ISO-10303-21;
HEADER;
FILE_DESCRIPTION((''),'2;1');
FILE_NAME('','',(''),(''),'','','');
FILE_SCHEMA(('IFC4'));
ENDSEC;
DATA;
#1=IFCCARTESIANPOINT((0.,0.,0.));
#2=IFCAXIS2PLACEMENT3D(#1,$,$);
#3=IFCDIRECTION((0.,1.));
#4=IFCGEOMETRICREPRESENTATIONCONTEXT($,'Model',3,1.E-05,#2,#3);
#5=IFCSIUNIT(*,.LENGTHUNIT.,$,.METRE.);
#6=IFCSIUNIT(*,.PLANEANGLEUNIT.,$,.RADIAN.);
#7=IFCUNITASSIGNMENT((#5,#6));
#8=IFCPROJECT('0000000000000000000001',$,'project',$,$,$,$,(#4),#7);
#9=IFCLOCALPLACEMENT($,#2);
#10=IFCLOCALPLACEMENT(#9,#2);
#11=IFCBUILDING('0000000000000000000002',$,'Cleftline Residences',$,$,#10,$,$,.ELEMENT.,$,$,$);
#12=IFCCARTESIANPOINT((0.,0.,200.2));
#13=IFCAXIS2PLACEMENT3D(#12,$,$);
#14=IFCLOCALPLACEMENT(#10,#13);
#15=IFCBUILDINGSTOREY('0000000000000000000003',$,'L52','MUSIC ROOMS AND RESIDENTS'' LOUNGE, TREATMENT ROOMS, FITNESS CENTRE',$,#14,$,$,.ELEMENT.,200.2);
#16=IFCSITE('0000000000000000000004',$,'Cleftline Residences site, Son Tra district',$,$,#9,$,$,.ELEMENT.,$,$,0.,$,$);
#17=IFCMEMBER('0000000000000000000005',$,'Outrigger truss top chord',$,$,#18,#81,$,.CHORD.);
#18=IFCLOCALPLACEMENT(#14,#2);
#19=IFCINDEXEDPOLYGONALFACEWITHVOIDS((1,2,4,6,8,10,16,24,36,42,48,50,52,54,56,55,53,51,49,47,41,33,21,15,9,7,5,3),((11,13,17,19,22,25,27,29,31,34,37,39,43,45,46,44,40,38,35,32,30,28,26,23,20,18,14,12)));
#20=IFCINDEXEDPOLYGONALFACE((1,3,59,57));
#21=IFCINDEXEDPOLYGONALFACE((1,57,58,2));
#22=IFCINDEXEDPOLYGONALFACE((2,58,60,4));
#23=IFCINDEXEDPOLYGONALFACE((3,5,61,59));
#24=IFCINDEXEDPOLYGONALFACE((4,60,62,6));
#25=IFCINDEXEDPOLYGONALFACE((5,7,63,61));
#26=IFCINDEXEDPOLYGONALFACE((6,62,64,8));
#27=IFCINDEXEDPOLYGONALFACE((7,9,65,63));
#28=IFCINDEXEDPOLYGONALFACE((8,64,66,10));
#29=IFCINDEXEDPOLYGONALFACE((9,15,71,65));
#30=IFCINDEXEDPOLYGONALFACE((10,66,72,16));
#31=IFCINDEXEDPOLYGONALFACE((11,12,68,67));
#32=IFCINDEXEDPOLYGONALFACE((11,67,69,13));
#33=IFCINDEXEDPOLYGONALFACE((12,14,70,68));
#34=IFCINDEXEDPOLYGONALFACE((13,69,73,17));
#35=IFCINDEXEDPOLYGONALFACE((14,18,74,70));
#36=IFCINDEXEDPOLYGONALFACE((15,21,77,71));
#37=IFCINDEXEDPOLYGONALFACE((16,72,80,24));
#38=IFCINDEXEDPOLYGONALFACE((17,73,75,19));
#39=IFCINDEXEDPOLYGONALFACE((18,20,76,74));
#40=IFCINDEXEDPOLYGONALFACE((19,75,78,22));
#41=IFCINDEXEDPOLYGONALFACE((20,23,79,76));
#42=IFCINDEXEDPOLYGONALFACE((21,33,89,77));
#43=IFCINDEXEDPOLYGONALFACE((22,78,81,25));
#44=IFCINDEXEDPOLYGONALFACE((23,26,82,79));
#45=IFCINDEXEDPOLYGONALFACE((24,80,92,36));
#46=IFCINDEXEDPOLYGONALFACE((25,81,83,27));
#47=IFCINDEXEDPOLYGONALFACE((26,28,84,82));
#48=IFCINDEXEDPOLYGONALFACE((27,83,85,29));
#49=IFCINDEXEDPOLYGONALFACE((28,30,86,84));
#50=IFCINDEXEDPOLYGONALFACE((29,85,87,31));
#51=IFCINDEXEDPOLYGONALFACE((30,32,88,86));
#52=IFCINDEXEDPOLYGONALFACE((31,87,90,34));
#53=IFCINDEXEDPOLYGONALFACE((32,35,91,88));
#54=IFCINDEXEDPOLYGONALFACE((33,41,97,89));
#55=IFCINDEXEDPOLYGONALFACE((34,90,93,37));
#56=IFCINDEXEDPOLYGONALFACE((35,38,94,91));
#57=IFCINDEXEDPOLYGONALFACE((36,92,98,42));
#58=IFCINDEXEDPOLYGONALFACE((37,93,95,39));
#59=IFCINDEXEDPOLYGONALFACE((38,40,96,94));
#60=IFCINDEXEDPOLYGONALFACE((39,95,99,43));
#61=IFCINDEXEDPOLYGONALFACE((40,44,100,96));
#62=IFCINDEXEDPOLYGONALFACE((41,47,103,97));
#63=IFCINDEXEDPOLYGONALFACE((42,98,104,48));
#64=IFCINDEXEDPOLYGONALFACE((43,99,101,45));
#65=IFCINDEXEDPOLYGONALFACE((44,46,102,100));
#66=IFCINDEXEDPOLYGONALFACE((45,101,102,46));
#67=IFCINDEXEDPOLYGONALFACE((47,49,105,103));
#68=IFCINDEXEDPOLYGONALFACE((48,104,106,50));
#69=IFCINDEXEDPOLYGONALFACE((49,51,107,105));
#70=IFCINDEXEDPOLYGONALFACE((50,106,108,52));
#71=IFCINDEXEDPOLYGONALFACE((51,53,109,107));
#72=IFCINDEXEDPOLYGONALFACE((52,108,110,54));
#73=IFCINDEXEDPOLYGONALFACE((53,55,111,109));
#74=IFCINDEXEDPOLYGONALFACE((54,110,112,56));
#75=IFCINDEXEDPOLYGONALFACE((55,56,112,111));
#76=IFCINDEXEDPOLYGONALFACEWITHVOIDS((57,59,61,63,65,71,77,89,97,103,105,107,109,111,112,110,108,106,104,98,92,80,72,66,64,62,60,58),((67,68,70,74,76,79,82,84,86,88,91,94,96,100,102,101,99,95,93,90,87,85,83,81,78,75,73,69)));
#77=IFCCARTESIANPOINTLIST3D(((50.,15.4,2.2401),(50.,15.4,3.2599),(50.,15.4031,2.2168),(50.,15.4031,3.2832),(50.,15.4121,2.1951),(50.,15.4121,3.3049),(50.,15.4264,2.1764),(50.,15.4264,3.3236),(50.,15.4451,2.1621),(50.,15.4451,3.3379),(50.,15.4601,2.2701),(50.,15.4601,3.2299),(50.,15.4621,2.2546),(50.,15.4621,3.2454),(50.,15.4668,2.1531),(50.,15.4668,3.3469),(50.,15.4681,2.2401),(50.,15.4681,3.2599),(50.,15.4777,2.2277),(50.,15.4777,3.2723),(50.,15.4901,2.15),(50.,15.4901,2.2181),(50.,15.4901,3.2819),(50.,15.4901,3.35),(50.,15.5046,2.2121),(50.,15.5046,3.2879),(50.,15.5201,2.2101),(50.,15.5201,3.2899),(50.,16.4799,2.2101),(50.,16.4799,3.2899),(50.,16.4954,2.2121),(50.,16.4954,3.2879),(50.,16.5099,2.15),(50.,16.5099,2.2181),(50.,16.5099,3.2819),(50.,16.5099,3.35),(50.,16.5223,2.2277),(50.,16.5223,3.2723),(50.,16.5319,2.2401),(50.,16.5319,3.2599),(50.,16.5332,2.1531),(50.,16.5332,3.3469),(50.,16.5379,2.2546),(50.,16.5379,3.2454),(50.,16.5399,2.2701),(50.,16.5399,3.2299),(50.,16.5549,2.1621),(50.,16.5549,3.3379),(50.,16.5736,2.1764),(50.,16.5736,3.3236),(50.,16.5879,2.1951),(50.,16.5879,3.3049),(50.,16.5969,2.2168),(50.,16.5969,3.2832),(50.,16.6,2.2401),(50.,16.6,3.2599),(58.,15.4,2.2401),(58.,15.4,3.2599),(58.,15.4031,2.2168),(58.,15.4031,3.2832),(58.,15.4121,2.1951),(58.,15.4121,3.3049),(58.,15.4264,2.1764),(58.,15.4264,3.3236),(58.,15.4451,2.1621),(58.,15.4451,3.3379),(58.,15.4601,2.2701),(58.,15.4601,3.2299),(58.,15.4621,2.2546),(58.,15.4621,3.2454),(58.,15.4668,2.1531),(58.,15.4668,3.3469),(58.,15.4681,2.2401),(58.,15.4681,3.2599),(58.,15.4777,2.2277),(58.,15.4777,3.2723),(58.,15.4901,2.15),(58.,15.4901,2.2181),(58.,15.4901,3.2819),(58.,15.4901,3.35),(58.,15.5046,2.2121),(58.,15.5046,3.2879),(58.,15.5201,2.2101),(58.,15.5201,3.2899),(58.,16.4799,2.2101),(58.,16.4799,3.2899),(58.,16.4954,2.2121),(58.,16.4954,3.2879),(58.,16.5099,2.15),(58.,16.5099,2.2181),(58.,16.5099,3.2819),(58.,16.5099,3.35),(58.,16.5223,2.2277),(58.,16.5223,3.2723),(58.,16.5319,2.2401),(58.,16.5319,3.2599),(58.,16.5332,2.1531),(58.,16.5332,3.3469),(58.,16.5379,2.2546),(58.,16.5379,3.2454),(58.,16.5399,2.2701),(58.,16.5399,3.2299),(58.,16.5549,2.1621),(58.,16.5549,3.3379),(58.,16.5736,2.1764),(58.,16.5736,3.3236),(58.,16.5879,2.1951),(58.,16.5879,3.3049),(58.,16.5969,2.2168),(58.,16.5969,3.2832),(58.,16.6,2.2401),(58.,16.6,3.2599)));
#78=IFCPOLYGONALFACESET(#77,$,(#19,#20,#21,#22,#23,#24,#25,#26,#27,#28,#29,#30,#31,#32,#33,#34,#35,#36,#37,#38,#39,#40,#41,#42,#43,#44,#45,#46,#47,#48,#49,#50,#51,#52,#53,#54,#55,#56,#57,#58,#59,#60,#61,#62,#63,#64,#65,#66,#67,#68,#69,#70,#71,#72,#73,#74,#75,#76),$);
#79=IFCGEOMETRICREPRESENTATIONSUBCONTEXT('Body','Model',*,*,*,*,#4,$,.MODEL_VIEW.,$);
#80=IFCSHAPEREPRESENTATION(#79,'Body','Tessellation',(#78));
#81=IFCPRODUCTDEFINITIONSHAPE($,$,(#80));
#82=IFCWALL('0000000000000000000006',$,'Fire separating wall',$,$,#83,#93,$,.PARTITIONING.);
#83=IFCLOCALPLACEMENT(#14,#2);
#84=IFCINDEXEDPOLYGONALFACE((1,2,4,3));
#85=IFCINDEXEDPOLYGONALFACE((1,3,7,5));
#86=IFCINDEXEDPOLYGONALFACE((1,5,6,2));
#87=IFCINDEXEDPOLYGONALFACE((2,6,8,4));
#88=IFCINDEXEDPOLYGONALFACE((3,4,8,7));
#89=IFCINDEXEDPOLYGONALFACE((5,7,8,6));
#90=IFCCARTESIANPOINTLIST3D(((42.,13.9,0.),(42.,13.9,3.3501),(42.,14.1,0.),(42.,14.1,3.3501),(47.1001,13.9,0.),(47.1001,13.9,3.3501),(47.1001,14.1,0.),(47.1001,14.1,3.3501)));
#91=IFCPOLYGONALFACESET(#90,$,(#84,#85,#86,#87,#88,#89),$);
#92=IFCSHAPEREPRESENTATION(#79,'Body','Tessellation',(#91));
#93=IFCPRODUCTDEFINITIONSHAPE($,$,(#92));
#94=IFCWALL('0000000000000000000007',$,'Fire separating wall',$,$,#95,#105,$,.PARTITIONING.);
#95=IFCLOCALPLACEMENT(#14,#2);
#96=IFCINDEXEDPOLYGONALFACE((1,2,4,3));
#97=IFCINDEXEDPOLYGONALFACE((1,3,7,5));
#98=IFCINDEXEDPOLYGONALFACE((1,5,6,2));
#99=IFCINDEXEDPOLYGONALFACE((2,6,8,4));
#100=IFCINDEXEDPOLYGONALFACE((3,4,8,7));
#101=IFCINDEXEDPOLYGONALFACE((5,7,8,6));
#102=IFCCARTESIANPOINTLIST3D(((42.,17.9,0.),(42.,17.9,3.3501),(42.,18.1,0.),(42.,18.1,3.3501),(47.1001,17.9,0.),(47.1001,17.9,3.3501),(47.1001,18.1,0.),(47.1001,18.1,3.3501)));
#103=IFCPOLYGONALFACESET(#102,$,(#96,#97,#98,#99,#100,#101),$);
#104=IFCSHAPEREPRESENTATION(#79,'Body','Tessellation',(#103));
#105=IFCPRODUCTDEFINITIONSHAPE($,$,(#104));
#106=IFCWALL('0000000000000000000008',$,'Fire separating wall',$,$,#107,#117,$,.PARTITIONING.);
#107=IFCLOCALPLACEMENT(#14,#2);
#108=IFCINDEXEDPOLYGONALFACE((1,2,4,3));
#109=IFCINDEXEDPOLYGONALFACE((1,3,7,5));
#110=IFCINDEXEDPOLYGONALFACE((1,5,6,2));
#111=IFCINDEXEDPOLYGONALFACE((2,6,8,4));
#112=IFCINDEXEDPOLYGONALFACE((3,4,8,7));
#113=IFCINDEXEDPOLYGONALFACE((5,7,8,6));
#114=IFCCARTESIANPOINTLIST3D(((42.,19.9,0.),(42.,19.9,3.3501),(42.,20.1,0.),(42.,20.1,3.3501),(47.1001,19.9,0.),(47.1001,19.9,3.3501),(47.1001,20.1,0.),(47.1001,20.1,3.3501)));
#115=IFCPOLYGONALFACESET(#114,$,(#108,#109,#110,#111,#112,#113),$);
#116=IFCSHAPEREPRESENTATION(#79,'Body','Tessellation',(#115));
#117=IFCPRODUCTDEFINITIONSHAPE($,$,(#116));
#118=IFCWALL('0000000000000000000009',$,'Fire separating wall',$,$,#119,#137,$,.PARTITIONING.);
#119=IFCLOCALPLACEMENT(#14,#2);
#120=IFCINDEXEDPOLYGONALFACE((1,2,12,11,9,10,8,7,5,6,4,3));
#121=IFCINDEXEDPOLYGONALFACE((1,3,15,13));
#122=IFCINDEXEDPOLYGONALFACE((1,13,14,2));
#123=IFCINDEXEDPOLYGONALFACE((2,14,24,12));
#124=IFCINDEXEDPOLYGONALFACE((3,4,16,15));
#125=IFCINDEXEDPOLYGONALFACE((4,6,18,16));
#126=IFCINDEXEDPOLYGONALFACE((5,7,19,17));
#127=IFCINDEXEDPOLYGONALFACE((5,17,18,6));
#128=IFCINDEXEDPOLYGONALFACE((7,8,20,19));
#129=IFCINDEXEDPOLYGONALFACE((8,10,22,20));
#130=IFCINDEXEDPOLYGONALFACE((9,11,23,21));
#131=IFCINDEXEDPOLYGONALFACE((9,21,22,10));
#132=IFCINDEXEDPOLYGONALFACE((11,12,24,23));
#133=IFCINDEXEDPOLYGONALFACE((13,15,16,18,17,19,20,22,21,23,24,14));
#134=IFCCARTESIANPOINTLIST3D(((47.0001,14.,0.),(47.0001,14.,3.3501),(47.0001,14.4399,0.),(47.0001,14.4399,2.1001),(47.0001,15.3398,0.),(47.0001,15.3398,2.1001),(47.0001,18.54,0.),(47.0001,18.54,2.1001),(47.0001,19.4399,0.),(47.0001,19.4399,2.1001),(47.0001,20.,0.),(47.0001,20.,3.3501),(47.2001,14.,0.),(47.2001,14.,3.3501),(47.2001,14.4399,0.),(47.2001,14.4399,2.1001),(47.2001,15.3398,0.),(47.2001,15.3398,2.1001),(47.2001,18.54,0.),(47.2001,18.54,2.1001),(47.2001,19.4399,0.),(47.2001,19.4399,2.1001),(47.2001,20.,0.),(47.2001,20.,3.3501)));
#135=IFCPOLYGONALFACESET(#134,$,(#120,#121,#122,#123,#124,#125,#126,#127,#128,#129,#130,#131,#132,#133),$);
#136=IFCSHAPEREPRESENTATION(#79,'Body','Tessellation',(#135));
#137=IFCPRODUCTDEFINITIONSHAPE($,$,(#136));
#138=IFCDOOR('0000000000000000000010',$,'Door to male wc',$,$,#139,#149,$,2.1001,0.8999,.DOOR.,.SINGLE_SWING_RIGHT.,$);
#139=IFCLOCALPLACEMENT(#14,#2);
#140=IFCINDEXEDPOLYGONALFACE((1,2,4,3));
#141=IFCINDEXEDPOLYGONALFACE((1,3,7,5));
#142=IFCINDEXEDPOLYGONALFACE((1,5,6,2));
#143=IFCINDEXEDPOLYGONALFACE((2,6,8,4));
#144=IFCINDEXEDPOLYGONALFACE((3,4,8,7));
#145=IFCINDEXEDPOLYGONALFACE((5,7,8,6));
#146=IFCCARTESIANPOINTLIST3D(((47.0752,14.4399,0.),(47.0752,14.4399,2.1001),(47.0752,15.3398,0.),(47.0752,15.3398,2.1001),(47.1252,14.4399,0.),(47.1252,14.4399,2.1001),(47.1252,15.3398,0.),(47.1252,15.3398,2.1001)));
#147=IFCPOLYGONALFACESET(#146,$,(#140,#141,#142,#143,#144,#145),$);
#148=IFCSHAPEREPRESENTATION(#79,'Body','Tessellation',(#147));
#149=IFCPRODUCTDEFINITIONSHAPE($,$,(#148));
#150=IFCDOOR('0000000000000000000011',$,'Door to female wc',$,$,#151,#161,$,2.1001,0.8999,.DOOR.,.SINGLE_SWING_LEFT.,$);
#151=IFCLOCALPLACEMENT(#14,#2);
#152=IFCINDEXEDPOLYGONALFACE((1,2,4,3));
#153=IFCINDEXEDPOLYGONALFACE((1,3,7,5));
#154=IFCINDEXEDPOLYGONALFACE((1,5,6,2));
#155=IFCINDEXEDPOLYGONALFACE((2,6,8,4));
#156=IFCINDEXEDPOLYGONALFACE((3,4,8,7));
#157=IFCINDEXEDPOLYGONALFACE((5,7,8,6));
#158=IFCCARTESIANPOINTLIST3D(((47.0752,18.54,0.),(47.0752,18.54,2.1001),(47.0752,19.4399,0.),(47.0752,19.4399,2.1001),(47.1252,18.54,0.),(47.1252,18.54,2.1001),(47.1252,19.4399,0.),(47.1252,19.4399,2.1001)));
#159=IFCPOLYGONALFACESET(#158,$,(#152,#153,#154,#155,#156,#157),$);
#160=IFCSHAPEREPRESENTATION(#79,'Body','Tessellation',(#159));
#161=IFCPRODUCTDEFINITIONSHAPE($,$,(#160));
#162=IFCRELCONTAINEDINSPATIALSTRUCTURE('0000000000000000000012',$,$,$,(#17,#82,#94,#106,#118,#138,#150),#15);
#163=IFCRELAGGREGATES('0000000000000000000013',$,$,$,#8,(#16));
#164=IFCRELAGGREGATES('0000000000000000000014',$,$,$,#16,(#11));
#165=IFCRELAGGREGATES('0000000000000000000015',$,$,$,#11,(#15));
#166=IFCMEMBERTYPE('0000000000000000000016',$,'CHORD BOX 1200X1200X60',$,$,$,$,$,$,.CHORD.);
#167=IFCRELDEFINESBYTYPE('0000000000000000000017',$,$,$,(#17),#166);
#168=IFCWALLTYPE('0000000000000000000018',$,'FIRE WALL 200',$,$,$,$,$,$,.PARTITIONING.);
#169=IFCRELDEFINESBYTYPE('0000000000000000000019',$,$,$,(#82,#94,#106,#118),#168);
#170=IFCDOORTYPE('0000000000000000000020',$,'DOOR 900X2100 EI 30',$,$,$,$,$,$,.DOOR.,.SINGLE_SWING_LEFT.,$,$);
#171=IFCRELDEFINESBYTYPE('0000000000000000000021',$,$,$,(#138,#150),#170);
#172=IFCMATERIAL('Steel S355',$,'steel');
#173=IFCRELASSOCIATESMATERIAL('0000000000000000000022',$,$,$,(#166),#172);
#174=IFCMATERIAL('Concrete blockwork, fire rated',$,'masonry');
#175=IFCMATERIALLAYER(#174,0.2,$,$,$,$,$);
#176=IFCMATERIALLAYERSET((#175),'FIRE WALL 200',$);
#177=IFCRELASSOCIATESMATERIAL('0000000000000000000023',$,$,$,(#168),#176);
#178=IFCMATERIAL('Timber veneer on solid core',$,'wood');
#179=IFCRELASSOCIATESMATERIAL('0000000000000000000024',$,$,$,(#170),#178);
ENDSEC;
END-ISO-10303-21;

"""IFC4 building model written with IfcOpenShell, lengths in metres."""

from ifc_helpers import new_model, si_unit, direction, frame, frame_2d, origin, origin_2d, place, context, subcontext, project, spatial, rectangle, hollow_rectangle, extrude, material, layer, layer_set, material_profile, profile_set, type_object, element, fill, save


model = new_model("IFC4")

# Units and contexts
model_context = context("Model", 3, precision=1e-05, world=origin(), true_north=direction((0.0, 1.0)))
body_context = subcontext(model_context, "Body", "Model", "MODEL_VIEW")
ifc_project = project(units=[si_unit("LENGTHUNIT", "METRE"), si_unit("PLANEANGLEUNIT", "RADIAN")], contexts=[model_context])

# Site, building, storey
site_placement = place(None, origin())
site = spatial("IfcSite", under=ifc_project, at=site_placement, Name="Cleftline Residences site, Son Tra district", CompositionType="ELEMENT", RefElevation=0.0)
building_placement = place(site_placement, origin())
building = spatial("IfcBuilding", under=site, at=building_placement, Name="Cleftline Residences", CompositionType="ELEMENT")
storey_placement = place(building_placement, frame((0.0, 0.0, 200.2)))
storey = spatial("IfcBuildingStorey", under=building, at=storey_placement, Name="L52", Description="MUSIC ROOMS AND RESIDENTS' LOUNGE, TREATMENT ROOMS, FITNESS CENTRE", CompositionType="ELEMENT", Elevation=200.2)

# Member
ifc_material_1 = material(Name="Steel S355", Category="steel")
ifc_material_profile_1 = material_profile(ifc_material_1, hollow_rectangle(XDim=1.2, YDim=1.2, WallThickness=0.0601, InnerFilletRadius=0.0601, OuterFilletRadius=0.0901, at=origin_2d()))
ifc_profile_set_1 = profile_set([ifc_material_profile_1], Name="Steel S355")
member_type_1 = type_object("IfcMemberType", Name="CHORD BOX 1200X1200X60", PredefinedType="CHORD", material=ifc_profile_set_1)
for number, where, z_axis, x_axis, name in (
    (1, (50.0, 16.0, 2.75), (1.0, 0.0, 0.0), (0.0, 1.0, 0.0), "Outrigger truss top chord"),
):
    element("IfcMember", number, at=place(storey_placement, frame(where, z_axis=z_axis, x_axis=x_axis)), inside=storey, type_object=member_type_1, Name=name, PredefinedType="CHORD", context=body_context, shape_type="SweptSolid", body=[
        extrude(hollow_rectangle(XDim=1.2, YDim=1.2, WallThickness=0.0601, InnerFilletRadius=0.0601, OuterFilletRadius=0.0901, at=origin_2d()), origin(), (0.0, 0.0, 1.0), 8.0),
    ])

# Walls
ifc_material_2 = material(Name="Concrete blockwork, fire rated", Category="masonry")
ifc_layer_1 = layer(ifc_material_2, 0.2)
ifc_layer_set_1 = layer_set([ifc_layer_1], Name="FIRE WALL 200")
wall_type_1 = type_object("IfcWallType", Name="FIRE WALL 200", PredefinedType="PARTITIONING", material=ifc_layer_set_1)
for number, where, z_axis, x_axis, name in (
    (2, (42.0, 14.0, 0.0), (0.0, 0.0, 1.0), (1.0, 0.0, 0.0), "Fire separating wall"),
    (3, (42.0, 18.0, 0.0), (0.0, 0.0, 1.0), (1.0, 0.0, 0.0), "Fire separating wall"),
    (4, (42.0, 20.0, 0.0), (0.0, 0.0, 1.0), (1.0, 0.0, 0.0), "Fire separating wall"),
):
    element("IfcWall", number, at=place(storey_placement, frame(where, z_axis=z_axis, x_axis=x_axis)), inside=storey, type_object=wall_type_1, Name=name, PredefinedType="PARTITIONING", context=body_context, shape_type="SweptSolid", body=[
        extrude(rectangle(XDim=5.1001, YDim=0.2, at=frame_2d((2.55, 0.0))), origin(), (0.0, 0.0, 1.0), 3.3501),
    ])

# Wall, openings, doors
wall_1_placement = place(storey_placement, frame((47.1001, 14.0, 0.0), z_axis=(0.0, 0.0, 1.0), x_axis=(0.0, 1.0, 0.0)))
wall_1 = element("IfcWall", 5, at=wall_1_placement, inside=storey, type_object=wall_type_1, Name="Fire separating wall", PredefinedType="PARTITIONING", context=body_context, shape_type="SweptSolid", body=[
    extrude(rectangle(XDim=6.0, YDim=0.2, at=frame_2d((3.0, 0.0))), origin(), (0.0, 0.0, 1.0), 3.3501),
])
opening_1_placement = place(wall_1_placement, frame((0.4399, 0.0, 0.0)))
opening_1 = element("IfcOpeningElement", 6, at=opening_1_placement, cuts=wall_1, PredefinedType="OPENING", context=body_context, shape_type="SweptSolid", body=[
    extrude(rectangle(XDim=0.8999, YDim=2.1001, at=frame_2d((0.45, 1.05))), frame((0.0, 0.1099, 0.0), z_axis=(0.0, -1.0, 0.0), x_axis=(1.0, 0.0, 0.0)), (0.0, 0.0, 1.0), 0.22),
])
opening_2_placement = place(wall_1_placement, frame((4.54, 0.0, 0.0)))
opening_2 = element("IfcOpeningElement", 7, at=opening_2_placement, cuts=wall_1, PredefinedType="OPENING", context=body_context, shape_type="SweptSolid", body=[
    extrude(rectangle(XDim=0.8999, YDim=2.1001, at=frame_2d((0.45, 1.05))), frame((0.0, 0.1099, 0.0), z_axis=(0.0, -1.0, 0.0), x_axis=(1.0, 0.0, 0.0)), (0.0, 0.0, 1.0), 0.22),
])
ifc_material_3 = material(Name="Timber veneer on solid core", Category="wood")
door_type_1 = type_object("IfcDoorType", Name="DOOR 900X2100 EI 30", OperationType="SINGLE_SWING_LEFT", PredefinedType="DOOR", material=ifc_material_3)
door_1_placement = place(opening_1_placement, origin())
door_1 = element("IfcDoor", 8, at=door_1_placement, inside=storey, type_object=door_type_1, Name="Door to male wc", OperationType="SINGLE_SWING_RIGHT", OverallHeight=2.1001, OverallWidth=0.8999, PredefinedType="DOOR", context=body_context, shape_type="SweptSolid", body=[
    extrude(rectangle(XDim=0.8999, YDim=2.1001, at=frame_2d((0.45, 1.05))), frame((0.0, 0.0249, 0.0), z_axis=(0.0, -1.0, 0.0), x_axis=(1.0, 0.0, 0.0)), (0.0, 0.0, 1.0), 0.05),
])
fill(opening_1, door_1)
door_2_placement = place(opening_2_placement, origin())
door_2 = element("IfcDoor", 9, at=door_2_placement, inside=storey, type_object=door_type_1, Name="Door to female wc", OperationType="SINGLE_SWING_LEFT", OverallHeight=2.1001, OverallWidth=0.8999, PredefinedType="DOOR", context=body_context, shape_type="SweptSolid", body=[
    extrude(rectangle(XDim=0.8999, YDim=2.1001, at=frame_2d((0.45, 1.05))), frame((0.0, 0.0249, 0.0), z_axis=(0.0, -1.0, 0.0), x_axis=(1.0, 0.0, 0.0)), (0.0, 0.0, 1.0), 0.05),
])
fill(opening_2, door_2)

save(model, "model.ifc")
